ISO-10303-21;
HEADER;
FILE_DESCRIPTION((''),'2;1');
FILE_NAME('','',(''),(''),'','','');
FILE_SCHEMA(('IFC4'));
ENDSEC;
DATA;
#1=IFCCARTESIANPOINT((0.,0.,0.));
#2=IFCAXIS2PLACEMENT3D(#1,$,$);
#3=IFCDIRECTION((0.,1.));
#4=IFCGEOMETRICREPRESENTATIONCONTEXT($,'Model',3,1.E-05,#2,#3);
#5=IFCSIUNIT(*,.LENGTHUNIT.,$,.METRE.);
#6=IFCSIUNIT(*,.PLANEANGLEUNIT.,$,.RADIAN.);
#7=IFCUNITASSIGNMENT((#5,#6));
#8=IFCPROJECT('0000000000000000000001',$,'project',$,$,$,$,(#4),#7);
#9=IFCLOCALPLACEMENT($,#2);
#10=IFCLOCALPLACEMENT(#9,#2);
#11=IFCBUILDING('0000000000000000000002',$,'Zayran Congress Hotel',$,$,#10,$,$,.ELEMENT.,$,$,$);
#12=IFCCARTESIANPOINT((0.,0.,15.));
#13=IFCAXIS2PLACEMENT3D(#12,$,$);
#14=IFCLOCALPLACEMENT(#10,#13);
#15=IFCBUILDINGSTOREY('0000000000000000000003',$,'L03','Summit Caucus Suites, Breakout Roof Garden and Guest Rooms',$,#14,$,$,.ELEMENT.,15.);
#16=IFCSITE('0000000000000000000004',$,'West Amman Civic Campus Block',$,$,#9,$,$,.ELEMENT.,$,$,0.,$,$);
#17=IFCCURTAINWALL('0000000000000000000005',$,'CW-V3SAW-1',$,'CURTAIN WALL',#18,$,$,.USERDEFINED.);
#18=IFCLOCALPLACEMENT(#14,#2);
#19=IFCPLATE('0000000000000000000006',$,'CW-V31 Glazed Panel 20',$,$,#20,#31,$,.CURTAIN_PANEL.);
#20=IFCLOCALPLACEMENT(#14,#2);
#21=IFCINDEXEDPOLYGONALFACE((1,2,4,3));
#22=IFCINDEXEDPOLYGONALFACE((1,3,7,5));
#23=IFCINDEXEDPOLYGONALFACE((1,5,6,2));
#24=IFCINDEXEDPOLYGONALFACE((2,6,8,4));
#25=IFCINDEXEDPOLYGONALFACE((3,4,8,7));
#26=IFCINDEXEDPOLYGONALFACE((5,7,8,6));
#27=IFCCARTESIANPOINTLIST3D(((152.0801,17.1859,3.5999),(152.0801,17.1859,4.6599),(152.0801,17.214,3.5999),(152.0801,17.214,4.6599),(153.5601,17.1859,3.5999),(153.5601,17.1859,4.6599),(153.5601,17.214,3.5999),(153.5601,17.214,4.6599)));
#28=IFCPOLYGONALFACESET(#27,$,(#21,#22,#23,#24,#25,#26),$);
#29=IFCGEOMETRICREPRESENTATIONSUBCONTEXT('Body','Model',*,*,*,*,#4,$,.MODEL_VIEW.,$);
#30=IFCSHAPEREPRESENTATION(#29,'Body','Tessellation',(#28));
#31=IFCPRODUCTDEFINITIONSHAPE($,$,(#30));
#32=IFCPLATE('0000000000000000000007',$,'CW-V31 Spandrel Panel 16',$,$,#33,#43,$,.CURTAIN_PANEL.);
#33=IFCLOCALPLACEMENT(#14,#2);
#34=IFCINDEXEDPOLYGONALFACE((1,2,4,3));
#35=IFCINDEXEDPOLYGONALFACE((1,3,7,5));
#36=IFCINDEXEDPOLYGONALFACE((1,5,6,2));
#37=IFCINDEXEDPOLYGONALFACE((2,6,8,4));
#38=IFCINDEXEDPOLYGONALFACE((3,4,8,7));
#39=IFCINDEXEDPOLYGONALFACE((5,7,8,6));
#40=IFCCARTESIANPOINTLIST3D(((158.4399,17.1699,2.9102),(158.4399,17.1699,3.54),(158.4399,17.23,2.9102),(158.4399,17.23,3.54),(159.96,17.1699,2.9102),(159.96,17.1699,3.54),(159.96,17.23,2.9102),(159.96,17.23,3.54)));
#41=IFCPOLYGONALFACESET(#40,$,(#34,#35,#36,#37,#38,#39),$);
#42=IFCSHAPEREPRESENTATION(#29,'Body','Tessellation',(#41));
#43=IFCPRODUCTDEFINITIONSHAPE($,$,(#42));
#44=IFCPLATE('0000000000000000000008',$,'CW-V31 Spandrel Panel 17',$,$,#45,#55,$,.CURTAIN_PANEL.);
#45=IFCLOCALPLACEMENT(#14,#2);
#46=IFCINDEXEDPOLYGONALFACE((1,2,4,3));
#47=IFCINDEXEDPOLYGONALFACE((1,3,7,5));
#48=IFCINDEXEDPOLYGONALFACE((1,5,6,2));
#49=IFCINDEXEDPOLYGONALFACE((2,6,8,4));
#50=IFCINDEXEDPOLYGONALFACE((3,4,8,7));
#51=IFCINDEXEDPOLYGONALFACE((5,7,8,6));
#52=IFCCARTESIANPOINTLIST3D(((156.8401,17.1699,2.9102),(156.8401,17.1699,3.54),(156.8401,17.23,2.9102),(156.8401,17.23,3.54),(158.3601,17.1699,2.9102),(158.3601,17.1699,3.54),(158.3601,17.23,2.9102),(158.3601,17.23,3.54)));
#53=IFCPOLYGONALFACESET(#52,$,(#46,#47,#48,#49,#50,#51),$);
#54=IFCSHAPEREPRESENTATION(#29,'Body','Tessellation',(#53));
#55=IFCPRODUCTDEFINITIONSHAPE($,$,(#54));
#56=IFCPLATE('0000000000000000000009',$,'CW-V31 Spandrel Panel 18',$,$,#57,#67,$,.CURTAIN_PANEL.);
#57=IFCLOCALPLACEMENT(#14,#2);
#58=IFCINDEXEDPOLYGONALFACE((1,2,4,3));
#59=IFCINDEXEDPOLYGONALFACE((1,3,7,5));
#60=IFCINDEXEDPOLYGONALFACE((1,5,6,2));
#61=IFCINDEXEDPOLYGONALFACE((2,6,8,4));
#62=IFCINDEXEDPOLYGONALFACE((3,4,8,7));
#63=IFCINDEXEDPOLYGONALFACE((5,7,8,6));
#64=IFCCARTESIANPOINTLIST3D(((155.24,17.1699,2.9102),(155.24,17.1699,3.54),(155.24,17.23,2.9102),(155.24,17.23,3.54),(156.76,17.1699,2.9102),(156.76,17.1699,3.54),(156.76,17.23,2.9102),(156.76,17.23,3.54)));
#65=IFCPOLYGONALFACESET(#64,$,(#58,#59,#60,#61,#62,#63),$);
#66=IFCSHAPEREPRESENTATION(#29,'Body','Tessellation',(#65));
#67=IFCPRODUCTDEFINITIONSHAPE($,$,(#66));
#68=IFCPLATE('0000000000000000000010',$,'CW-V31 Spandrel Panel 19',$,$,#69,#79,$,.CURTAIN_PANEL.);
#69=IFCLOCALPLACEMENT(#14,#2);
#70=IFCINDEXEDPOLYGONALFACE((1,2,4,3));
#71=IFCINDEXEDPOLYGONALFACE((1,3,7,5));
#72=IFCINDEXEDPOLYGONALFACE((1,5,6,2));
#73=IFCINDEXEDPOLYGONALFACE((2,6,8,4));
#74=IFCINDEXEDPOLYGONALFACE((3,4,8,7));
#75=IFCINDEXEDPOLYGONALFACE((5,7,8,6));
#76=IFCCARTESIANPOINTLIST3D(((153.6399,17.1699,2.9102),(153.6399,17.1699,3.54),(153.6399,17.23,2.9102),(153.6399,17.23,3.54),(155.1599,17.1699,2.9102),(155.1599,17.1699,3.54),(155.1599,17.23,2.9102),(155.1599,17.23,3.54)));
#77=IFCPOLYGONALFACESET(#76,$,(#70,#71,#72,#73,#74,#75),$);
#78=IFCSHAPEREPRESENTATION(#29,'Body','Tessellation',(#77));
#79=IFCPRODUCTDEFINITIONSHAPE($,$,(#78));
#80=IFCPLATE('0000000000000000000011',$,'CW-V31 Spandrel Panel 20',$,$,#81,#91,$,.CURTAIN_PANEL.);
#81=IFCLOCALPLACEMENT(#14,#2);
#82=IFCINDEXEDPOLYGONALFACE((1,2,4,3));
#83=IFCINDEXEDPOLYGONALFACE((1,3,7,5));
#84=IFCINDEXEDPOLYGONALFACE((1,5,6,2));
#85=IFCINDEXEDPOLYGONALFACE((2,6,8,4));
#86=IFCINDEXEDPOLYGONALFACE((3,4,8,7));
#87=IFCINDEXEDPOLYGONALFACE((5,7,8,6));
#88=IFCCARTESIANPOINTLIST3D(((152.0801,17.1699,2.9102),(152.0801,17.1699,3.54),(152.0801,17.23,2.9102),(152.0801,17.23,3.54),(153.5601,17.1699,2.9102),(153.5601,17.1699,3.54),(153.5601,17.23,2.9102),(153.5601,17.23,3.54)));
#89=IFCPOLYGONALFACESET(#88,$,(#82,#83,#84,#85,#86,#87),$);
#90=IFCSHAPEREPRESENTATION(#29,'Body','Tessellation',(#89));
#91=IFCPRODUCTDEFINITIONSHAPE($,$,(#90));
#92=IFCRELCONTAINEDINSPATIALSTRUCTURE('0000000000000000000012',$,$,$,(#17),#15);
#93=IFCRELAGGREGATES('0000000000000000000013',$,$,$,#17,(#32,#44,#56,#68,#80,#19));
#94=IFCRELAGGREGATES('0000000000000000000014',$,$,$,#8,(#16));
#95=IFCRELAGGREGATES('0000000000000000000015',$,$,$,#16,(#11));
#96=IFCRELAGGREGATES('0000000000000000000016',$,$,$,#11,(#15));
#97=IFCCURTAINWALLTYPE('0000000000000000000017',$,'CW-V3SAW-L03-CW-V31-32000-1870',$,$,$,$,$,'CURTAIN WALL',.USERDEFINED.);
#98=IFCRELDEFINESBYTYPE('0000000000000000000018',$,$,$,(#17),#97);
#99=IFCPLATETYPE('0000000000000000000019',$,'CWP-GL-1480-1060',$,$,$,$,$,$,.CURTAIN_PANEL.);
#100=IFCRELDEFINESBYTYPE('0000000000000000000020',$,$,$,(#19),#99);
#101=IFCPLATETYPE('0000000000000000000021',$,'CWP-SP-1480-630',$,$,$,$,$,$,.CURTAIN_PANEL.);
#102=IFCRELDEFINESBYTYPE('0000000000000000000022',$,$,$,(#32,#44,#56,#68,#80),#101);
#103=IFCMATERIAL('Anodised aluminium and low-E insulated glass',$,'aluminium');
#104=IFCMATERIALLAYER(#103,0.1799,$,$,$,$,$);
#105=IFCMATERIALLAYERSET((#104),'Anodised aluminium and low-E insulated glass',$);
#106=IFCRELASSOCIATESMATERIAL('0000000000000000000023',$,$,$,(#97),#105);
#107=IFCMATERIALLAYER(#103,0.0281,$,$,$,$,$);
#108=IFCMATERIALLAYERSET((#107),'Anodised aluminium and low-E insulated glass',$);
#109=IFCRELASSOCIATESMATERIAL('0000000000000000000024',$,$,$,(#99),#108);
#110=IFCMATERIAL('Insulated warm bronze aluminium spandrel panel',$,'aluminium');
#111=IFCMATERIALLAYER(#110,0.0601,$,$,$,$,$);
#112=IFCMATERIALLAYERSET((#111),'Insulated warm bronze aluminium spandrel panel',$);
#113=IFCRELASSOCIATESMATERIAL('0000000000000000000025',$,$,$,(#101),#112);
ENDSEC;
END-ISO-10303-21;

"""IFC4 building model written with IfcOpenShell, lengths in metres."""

from ifc_helpers import new_model, si_unit, direction, frame, origin, origin_2d, place, context, subcontext, project, spatial, rectangle, extrude, material, layer, layer_set, type_object, element, aggregate, save


model = new_model("IFC4")

# Units and contexts
model_context = context("Model", 3, precision=1e-05, world=origin(), true_north=direction((0.0, 1.0)))
body_context = subcontext(model_context, "Body", "Model", "MODEL_VIEW")
ifc_project = project(units=[si_unit("LENGTHUNIT", "METRE"), si_unit("PLANEANGLEUNIT", "RADIAN")], contexts=[model_context])

# Site, building, storey
site_placement = place(None, origin())
site = spatial("IfcSite", under=ifc_project, at=site_placement, Name="West Amman Civic Campus Block", CompositionType="ELEMENT", RefElevation=0.0)
building_placement = place(site_placement, origin())
building = spatial("IfcBuilding", under=site, at=building_placement, Name="Zayran Congress Hotel", CompositionType="ELEMENT")
storey_placement = place(building_placement, frame((0.0, 0.0, 15.0)))
storey = spatial("IfcBuildingStorey", under=building, at=storey_placement, Name="L03", Description="Summit Caucus Suites, Breakout Roof Garden and Guest Rooms", CompositionType="ELEMENT", Elevation=15.0)

# Curtain wall, plates
ifc_material_1 = material(Name="Anodised aluminium and low-E insulated glass", Category="aluminium")
ifc_layer_1 = layer(ifc_material_1, 0.1799)
ifc_layer_set_1 = layer_set([ifc_layer_1], Name="Anodised aluminium and low-E insulated glass")
curtain_wall_type = type_object("IfcCurtainWallType", Name="CW-V3SAW-L03-CW-V31-32000-1870", ElementType="CURTAIN WALL", PredefinedType="USERDEFINED", material=ifc_layer_set_1)
curtain_wall_placement = place(storey_placement, origin())
curtain_wall = element("IfcCurtainWall", 1, at=curtain_wall_placement, inside=storey, type_object=curtain_wall_type, Name="CW-V3SAW-1", ObjectType="CURTAIN WALL", PredefinedType="USERDEFINED")
ifc_layer_2 = layer(ifc_material_1, 0.0281)
ifc_layer_set_2 = layer_set([ifc_layer_2], Name="Anodised aluminium and low-E insulated glass")
plate_type_1 = type_object("IfcPlateType", Name="CWP-GL-1480-1060", PredefinedType="CURTAIN_PANEL", material=ifc_layer_set_2)
plate_1_placement = place(storey_placement, frame((152.8201, 17.2, 3.5999), z_axis=(0.0, 0.0, 1.0), x_axis=(1.0, 0.0, 0.0)))
plate_1 = element("IfcPlate", 2, at=plate_1_placement, type_object=plate_type_1, Name="CW-V31 Glazed Panel 20", PredefinedType="CURTAIN_PANEL", context=body_context, shape_type="SweptSolid", body=[
    extrude(rectangle(XDim=1.48, YDim=0.0281, at=origin_2d()), origin(), (0.0, 0.0, 1.0), 1.0601),
])
ifc_material_2 = material(Name="Insulated warm bronze aluminium spandrel panel", Category="aluminium")
ifc_layer_3 = layer(ifc_material_2, 0.0601)
ifc_layer_set_3 = layer_set([ifc_layer_3], Name="Insulated warm bronze aluminium spandrel panel")
plate_type_2 = type_object("IfcPlateType", Name="CWP-SP-1480-630", PredefinedType="CURTAIN_PANEL", material=ifc_layer_set_3)
plate_2_placement = place(storey_placement, frame((159.2, 17.2, 2.9102), z_axis=(0.0, 0.0, 1.0), x_axis=(1.0, 0.0, 0.0)))
plate_2 = element("IfcPlate", 3, at=plate_2_placement, type_object=plate_type_2, Name="CW-V31 Spandrel Panel 16", PredefinedType="CURTAIN_PANEL", context=body_context, shape_type="SweptSolid", body=[
    extrude(rectangle(XDim=1.52, YDim=0.0601, at=origin_2d()), origin(), (0.0, 0.0, 1.0), 0.6299),
])
plate_3_placement = place(storey_placement, frame((157.6001, 17.2, 2.9102), z_axis=(0.0, 0.0, 1.0), x_axis=(1.0, 0.0, 0.0)))
plate_3 = element("IfcPlate", 4, at=plate_3_placement, type_object=plate_type_2, Name="CW-V31 Spandrel Panel 17", PredefinedType="CURTAIN_PANEL", context=body_context, shape_type="SweptSolid", body=[
    extrude(rectangle(XDim=1.52, YDim=0.0601, at=origin_2d()), origin(), (0.0, 0.0, 1.0), 0.6299),
])
plate_4_placement = place(storey_placement, frame((156.0, 17.2, 2.9102), z_axis=(0.0, 0.0, 1.0), x_axis=(1.0, 0.0, 0.0)))
plate_4 = element("IfcPlate", 5, at=plate_4_placement, type_object=plate_type_2, Name="CW-V31 Spandrel Panel 18", PredefinedType="CURTAIN_PANEL", context=body_context, shape_type="SweptSolid", body=[
    extrude(rectangle(XDim=1.52, YDim=0.0601, at=origin_2d()), origin(), (0.0, 0.0, 1.0), 0.6299),
])
plate_5_placement = place(storey_placement, frame((154.3999, 17.2, 2.9102), z_axis=(0.0, 0.0, 1.0), x_axis=(1.0, 0.0, 0.0)))
plate_5 = element("IfcPlate", 6, at=plate_5_placement, type_object=plate_type_2, Name="CW-V31 Spandrel Panel 19", PredefinedType="CURTAIN_PANEL", context=body_context, shape_type="SweptSolid", body=[
    extrude(rectangle(XDim=1.52, YDim=0.0601, at=origin_2d()), origin(), (0.0, 0.0, 1.0), 0.6299),
])
plate_6_placement = place(storey_placement, frame((152.8201, 17.2, 2.9102), z_axis=(0.0, 0.0, 1.0), x_axis=(1.0, 0.0, 0.0)))
plate_6 = element("IfcPlate", 7, at=plate_6_placement, type_object=plate_type_2, Name="CW-V31 Spandrel Panel 20", PredefinedType="CURTAIN_PANEL", context=body_context, shape_type="SweptSolid", body=[
    extrude(rectangle(XDim=1.48, YDim=0.0601, at=origin_2d()), origin(), (0.0, 0.0, 1.0), 0.6299),
])
aggregate(curtain_wall, [plate_2, plate_3, plate_4, plate_5, plate_6, plate_1])

save(model, "model.ifc")
